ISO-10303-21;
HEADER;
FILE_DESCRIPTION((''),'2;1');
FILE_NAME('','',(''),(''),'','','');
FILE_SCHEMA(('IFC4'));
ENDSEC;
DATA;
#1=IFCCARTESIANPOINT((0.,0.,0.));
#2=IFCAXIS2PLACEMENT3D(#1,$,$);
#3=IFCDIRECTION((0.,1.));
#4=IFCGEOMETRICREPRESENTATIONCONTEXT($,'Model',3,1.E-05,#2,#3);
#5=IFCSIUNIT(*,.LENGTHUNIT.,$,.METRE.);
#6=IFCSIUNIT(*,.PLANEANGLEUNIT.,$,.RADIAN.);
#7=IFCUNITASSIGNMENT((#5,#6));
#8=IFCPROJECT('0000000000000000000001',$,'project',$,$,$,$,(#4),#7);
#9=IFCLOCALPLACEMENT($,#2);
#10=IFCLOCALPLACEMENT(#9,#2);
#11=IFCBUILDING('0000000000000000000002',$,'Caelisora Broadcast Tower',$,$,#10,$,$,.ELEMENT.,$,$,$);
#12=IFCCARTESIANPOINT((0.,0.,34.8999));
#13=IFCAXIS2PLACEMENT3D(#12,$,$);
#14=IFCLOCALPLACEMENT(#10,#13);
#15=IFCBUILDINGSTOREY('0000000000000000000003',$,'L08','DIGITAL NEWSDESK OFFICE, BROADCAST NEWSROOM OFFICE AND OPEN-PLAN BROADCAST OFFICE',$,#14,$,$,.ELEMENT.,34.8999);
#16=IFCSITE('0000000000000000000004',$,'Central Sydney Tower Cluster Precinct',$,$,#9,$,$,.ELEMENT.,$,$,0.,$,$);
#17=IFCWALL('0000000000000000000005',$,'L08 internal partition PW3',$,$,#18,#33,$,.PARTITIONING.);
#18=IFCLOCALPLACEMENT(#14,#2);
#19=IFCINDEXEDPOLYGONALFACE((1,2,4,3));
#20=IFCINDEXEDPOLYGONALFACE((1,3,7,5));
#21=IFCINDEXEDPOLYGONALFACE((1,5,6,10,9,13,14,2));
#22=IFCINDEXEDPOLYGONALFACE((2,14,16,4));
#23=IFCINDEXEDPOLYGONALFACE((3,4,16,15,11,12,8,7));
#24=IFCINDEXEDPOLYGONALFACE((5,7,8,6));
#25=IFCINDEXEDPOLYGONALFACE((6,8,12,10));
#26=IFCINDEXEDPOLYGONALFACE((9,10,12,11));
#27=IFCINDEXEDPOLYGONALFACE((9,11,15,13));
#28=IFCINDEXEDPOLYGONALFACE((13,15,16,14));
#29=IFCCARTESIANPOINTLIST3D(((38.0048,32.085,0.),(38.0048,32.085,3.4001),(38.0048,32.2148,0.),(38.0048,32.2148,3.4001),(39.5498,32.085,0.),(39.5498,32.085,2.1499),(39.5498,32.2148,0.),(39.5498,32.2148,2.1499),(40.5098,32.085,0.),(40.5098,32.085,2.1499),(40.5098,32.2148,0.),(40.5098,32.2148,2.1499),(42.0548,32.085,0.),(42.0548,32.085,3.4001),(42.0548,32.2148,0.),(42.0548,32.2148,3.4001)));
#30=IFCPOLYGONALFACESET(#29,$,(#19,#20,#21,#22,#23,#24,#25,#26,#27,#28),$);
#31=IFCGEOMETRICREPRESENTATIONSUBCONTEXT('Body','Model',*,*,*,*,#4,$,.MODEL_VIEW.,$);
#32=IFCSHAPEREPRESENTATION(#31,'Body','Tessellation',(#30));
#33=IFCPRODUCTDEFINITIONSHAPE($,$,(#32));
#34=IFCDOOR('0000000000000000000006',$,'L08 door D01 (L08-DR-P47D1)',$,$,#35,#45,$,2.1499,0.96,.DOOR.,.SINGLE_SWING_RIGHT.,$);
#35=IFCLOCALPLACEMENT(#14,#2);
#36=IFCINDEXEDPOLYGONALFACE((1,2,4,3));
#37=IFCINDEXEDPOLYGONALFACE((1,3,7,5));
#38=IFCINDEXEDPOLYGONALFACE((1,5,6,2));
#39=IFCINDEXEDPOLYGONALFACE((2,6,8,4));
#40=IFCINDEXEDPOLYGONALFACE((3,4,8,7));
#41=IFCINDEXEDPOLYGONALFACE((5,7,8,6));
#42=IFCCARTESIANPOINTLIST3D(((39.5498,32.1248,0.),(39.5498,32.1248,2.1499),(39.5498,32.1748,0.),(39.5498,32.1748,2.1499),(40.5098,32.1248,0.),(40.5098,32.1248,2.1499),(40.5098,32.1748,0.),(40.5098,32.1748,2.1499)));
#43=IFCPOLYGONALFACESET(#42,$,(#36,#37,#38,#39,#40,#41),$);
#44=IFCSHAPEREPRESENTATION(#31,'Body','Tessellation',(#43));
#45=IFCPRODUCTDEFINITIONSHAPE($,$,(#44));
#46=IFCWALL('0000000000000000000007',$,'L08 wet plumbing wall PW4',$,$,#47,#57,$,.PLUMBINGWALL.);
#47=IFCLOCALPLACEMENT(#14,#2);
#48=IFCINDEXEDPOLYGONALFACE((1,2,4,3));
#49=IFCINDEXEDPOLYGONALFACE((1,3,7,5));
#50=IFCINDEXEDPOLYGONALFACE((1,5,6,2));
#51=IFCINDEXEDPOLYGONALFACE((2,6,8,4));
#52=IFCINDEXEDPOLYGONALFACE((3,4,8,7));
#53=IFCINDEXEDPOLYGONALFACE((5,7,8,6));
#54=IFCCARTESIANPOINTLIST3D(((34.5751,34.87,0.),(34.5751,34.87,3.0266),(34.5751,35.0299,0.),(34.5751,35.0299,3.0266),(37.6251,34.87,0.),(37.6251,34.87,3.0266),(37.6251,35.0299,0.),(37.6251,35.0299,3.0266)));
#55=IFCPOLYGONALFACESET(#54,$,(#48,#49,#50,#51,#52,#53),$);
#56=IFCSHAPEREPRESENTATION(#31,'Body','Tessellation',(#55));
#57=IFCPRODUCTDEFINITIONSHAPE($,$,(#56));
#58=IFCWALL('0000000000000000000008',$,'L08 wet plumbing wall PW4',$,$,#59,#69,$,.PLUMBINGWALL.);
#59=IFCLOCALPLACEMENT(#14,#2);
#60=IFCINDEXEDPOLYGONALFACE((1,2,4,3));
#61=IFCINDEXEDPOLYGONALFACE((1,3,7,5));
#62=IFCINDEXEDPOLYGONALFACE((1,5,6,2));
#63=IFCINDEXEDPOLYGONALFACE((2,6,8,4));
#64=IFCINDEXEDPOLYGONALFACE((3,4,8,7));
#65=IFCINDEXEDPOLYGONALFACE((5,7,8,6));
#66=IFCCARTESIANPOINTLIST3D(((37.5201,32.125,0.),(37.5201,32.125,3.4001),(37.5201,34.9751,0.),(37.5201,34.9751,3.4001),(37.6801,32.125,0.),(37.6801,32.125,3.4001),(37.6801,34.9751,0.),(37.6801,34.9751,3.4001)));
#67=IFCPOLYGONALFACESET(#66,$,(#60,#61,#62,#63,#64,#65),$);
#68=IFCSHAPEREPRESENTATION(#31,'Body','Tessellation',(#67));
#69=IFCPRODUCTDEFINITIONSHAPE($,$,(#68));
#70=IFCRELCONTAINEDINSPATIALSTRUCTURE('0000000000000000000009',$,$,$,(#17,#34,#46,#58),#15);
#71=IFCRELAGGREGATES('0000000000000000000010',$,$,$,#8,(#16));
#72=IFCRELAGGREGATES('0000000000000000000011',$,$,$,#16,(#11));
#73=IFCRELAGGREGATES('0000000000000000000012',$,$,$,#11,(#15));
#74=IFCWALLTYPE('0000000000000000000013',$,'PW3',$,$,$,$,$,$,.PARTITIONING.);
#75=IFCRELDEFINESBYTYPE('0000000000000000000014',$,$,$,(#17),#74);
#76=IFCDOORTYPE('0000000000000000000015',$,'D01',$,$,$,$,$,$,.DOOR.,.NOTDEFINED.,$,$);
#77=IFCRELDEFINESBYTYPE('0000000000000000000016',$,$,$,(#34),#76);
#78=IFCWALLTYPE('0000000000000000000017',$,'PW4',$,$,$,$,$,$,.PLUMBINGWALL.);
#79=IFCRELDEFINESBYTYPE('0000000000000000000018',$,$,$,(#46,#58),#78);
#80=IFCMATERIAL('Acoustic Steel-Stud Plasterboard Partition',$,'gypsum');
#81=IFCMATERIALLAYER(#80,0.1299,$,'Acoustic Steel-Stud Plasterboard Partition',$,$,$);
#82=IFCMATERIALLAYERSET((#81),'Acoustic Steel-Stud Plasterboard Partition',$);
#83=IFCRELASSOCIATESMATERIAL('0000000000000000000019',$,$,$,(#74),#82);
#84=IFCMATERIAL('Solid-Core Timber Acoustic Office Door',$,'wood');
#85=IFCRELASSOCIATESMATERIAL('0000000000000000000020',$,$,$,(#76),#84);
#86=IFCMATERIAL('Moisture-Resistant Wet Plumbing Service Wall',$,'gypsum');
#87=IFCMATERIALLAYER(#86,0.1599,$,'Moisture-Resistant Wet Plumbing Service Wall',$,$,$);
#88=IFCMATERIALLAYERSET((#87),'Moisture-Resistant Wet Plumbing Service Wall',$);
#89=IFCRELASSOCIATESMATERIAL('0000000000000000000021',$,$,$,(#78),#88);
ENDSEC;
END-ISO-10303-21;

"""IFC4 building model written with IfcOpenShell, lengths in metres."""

from ifc_helpers import new_model, si_unit, direction, frame, frame_2d, origin, place, context, subcontext, project, spatial, rectangle, extrude, material, layer, layer_set, type_object, element, fill, save


model = new_model("IFC4")

# Units and contexts
model_context = context("Model", 3, precision=1e-05, world=origin(), true_north=direction((0.0, 1.0)))
body_context = subcontext(model_context, "Body", "Model", "MODEL_VIEW")
ifc_project = project(units=[si_unit("LENGTHUNIT", "METRE"), si_unit("PLANEANGLEUNIT", "RADIAN")], contexts=[model_context])

# Site, building, storey
site_placement = place(None, origin())
site = spatial("IfcSite", under=ifc_project, at=site_placement, Name="Central Sydney Tower Cluster Precinct", CompositionType="ELEMENT", RefElevation=0.0)
building_placement = place(site_placement, origin())
building = spatial("IfcBuilding", under=site, at=building_placement, Name="Caelisora Broadcast Tower", CompositionType="ELEMENT")
storey_placement = place(building_placement, frame((0.0, 0.0, 34.8999)))
storey = spatial("IfcBuildingStorey", under=building, at=storey_placement, Name="L08", Description="DIGITAL NEWSDESK OFFICE, BROADCAST NEWSROOM OFFICE AND OPEN-PLAN BROADCAST OFFICE", CompositionType="ELEMENT", Elevation=34.8999)

# Shared definitions
ifc_material_1 = material(Name="Acoustic Steel-Stud Plasterboard Partition", Category="gypsum")
ifc_layer_1 = layer(ifc_material_1, 0.1299, Name="Acoustic Steel-Stud Plasterboard Partition")
ifc_layer_set_1 = layer_set([ifc_layer_1], Name="Acoustic Steel-Stud Plasterboard Partition")
wall_type_1 = type_object("IfcWallType", Name="PW3", PredefinedType="PARTITIONING", material=ifc_layer_set_1)

# Wall, opening, door
ifc_material_2 = material(Name="Solid-Core Timber Acoustic Office Door", Category="wood")
door_type = type_object("IfcDoorType", Name="D01", OperationType="NOTDEFINED", PredefinedType="DOOR", material=ifc_material_2)
wall_1_placement = place(storey_placement, frame((38.0049, 32.1499, 0.0), z_axis=(0.0, 0.0, 1.0), x_axis=(1.0, 0.0, 0.0)))
wall_1 = element("IfcWall", 1, at=wall_1_placement, inside=storey, type_object=wall_type_1, Name="L08 internal partition PW3", PredefinedType="PARTITIONING", context=body_context, shape_type="SweptSolid", body=[
    extrude(rectangle(XDim=4.05, YDim=0.1299, at=frame_2d((2.0249, 0.0))), origin(), (0.0, 0.0, 1.0), 3.4001),
])
opening_1_placement = place(wall_1_placement, frame((1.5449, 0.0, 0.0)))
opening_1 = element("IfcOpeningElement", 2, at=opening_1_placement, cuts=wall_1, PredefinedType="OPENING", context=body_context, shape_type="SweptSolid", body=[
    extrude(rectangle(XDim=0.96, YDim=2.1499, at=frame_2d((0.48, 1.075))), frame((0.0, 0.0769, 0.0), z_axis=(0.0, -1.0, 0.0), x_axis=(1.0, 0.0, 0.0)), (0.0, 0.0, 1.0), 0.1538),
])
door_1_placement = place(opening_1_placement, origin())
door_1 = element("IfcDoor", 3, at=door_1_placement, inside=storey, type_object=door_type, Name="L08 door D01 (L08-DR-P47D1)", OperationType="SINGLE_SWING_RIGHT", OverallHeight=2.1499, OverallWidth=0.96, PredefinedType="DOOR", context=body_context, shape_type="SweptSolid", body=[
    extrude(rectangle(XDim=0.96, YDim=2.1499, at=frame_2d((0.48, 1.075))), frame((0.0, 0.0249, 0.0), z_axis=(0.0, -1.0, 0.0), x_axis=(1.0, 0.0, 0.0)), (0.0, 0.0, 1.0), 0.05),
])
fill(opening_1, door_1)

# Walls
ifc_material_3 = material(Name="Moisture-Resistant Wet Plumbing Service Wall", Category="gypsum")
ifc_layer_2 = layer(ifc_material_3, 0.1599, Name="Moisture-Resistant Wet Plumbing Service Wall")
ifc_layer_set_2 = layer_set([ifc_layer_2], Name="Moisture-Resistant Wet Plumbing Service Wall")
wall_type_2 = type_object("IfcWallType", Name="PW4", PredefinedType="PLUMBINGWALL", material=ifc_layer_set_2)
wall_2_placement = place(storey_placement, frame((37.625, 34.95, 0.0), z_axis=(0.0, 0.0, 1.0), x_axis=(-1.0, 0.0, 0.0)))
element("IfcWall", 4, at=wall_2_placement, inside=storey, type_object=wall_type_2, Name="L08 wet plumbing wall PW4", PredefinedType="PLUMBINGWALL", context=body_context, shape_type="SweptSolid", body=[
    extrude(rectangle(XDim=3.05, YDim=0.1599, at=frame_2d((1.5249, 0.0))), origin(), (0.0, 0.0, 1.0), 3.0266),
])
wall_3_placement = place(storey_placement, frame((37.6001, 32.125, 0.0), z_axis=(0.0, 0.0, 1.0), x_axis=(0.0, 1.0, 0.0)))
element("IfcWall", 5, at=wall_3_placement, inside=storey, type_object=wall_type_2, Name="L08 wet plumbing wall PW4", PredefinedType="PLUMBINGWALL", context=body_context, shape_type="SweptSolid", body=[
    extrude(rectangle(XDim=2.8501, YDim=0.1599, at=frame_2d((1.425, 0.0))), origin(), (0.0, 0.0, 1.0), 3.4001),
])

save(model, "model.ifc")
